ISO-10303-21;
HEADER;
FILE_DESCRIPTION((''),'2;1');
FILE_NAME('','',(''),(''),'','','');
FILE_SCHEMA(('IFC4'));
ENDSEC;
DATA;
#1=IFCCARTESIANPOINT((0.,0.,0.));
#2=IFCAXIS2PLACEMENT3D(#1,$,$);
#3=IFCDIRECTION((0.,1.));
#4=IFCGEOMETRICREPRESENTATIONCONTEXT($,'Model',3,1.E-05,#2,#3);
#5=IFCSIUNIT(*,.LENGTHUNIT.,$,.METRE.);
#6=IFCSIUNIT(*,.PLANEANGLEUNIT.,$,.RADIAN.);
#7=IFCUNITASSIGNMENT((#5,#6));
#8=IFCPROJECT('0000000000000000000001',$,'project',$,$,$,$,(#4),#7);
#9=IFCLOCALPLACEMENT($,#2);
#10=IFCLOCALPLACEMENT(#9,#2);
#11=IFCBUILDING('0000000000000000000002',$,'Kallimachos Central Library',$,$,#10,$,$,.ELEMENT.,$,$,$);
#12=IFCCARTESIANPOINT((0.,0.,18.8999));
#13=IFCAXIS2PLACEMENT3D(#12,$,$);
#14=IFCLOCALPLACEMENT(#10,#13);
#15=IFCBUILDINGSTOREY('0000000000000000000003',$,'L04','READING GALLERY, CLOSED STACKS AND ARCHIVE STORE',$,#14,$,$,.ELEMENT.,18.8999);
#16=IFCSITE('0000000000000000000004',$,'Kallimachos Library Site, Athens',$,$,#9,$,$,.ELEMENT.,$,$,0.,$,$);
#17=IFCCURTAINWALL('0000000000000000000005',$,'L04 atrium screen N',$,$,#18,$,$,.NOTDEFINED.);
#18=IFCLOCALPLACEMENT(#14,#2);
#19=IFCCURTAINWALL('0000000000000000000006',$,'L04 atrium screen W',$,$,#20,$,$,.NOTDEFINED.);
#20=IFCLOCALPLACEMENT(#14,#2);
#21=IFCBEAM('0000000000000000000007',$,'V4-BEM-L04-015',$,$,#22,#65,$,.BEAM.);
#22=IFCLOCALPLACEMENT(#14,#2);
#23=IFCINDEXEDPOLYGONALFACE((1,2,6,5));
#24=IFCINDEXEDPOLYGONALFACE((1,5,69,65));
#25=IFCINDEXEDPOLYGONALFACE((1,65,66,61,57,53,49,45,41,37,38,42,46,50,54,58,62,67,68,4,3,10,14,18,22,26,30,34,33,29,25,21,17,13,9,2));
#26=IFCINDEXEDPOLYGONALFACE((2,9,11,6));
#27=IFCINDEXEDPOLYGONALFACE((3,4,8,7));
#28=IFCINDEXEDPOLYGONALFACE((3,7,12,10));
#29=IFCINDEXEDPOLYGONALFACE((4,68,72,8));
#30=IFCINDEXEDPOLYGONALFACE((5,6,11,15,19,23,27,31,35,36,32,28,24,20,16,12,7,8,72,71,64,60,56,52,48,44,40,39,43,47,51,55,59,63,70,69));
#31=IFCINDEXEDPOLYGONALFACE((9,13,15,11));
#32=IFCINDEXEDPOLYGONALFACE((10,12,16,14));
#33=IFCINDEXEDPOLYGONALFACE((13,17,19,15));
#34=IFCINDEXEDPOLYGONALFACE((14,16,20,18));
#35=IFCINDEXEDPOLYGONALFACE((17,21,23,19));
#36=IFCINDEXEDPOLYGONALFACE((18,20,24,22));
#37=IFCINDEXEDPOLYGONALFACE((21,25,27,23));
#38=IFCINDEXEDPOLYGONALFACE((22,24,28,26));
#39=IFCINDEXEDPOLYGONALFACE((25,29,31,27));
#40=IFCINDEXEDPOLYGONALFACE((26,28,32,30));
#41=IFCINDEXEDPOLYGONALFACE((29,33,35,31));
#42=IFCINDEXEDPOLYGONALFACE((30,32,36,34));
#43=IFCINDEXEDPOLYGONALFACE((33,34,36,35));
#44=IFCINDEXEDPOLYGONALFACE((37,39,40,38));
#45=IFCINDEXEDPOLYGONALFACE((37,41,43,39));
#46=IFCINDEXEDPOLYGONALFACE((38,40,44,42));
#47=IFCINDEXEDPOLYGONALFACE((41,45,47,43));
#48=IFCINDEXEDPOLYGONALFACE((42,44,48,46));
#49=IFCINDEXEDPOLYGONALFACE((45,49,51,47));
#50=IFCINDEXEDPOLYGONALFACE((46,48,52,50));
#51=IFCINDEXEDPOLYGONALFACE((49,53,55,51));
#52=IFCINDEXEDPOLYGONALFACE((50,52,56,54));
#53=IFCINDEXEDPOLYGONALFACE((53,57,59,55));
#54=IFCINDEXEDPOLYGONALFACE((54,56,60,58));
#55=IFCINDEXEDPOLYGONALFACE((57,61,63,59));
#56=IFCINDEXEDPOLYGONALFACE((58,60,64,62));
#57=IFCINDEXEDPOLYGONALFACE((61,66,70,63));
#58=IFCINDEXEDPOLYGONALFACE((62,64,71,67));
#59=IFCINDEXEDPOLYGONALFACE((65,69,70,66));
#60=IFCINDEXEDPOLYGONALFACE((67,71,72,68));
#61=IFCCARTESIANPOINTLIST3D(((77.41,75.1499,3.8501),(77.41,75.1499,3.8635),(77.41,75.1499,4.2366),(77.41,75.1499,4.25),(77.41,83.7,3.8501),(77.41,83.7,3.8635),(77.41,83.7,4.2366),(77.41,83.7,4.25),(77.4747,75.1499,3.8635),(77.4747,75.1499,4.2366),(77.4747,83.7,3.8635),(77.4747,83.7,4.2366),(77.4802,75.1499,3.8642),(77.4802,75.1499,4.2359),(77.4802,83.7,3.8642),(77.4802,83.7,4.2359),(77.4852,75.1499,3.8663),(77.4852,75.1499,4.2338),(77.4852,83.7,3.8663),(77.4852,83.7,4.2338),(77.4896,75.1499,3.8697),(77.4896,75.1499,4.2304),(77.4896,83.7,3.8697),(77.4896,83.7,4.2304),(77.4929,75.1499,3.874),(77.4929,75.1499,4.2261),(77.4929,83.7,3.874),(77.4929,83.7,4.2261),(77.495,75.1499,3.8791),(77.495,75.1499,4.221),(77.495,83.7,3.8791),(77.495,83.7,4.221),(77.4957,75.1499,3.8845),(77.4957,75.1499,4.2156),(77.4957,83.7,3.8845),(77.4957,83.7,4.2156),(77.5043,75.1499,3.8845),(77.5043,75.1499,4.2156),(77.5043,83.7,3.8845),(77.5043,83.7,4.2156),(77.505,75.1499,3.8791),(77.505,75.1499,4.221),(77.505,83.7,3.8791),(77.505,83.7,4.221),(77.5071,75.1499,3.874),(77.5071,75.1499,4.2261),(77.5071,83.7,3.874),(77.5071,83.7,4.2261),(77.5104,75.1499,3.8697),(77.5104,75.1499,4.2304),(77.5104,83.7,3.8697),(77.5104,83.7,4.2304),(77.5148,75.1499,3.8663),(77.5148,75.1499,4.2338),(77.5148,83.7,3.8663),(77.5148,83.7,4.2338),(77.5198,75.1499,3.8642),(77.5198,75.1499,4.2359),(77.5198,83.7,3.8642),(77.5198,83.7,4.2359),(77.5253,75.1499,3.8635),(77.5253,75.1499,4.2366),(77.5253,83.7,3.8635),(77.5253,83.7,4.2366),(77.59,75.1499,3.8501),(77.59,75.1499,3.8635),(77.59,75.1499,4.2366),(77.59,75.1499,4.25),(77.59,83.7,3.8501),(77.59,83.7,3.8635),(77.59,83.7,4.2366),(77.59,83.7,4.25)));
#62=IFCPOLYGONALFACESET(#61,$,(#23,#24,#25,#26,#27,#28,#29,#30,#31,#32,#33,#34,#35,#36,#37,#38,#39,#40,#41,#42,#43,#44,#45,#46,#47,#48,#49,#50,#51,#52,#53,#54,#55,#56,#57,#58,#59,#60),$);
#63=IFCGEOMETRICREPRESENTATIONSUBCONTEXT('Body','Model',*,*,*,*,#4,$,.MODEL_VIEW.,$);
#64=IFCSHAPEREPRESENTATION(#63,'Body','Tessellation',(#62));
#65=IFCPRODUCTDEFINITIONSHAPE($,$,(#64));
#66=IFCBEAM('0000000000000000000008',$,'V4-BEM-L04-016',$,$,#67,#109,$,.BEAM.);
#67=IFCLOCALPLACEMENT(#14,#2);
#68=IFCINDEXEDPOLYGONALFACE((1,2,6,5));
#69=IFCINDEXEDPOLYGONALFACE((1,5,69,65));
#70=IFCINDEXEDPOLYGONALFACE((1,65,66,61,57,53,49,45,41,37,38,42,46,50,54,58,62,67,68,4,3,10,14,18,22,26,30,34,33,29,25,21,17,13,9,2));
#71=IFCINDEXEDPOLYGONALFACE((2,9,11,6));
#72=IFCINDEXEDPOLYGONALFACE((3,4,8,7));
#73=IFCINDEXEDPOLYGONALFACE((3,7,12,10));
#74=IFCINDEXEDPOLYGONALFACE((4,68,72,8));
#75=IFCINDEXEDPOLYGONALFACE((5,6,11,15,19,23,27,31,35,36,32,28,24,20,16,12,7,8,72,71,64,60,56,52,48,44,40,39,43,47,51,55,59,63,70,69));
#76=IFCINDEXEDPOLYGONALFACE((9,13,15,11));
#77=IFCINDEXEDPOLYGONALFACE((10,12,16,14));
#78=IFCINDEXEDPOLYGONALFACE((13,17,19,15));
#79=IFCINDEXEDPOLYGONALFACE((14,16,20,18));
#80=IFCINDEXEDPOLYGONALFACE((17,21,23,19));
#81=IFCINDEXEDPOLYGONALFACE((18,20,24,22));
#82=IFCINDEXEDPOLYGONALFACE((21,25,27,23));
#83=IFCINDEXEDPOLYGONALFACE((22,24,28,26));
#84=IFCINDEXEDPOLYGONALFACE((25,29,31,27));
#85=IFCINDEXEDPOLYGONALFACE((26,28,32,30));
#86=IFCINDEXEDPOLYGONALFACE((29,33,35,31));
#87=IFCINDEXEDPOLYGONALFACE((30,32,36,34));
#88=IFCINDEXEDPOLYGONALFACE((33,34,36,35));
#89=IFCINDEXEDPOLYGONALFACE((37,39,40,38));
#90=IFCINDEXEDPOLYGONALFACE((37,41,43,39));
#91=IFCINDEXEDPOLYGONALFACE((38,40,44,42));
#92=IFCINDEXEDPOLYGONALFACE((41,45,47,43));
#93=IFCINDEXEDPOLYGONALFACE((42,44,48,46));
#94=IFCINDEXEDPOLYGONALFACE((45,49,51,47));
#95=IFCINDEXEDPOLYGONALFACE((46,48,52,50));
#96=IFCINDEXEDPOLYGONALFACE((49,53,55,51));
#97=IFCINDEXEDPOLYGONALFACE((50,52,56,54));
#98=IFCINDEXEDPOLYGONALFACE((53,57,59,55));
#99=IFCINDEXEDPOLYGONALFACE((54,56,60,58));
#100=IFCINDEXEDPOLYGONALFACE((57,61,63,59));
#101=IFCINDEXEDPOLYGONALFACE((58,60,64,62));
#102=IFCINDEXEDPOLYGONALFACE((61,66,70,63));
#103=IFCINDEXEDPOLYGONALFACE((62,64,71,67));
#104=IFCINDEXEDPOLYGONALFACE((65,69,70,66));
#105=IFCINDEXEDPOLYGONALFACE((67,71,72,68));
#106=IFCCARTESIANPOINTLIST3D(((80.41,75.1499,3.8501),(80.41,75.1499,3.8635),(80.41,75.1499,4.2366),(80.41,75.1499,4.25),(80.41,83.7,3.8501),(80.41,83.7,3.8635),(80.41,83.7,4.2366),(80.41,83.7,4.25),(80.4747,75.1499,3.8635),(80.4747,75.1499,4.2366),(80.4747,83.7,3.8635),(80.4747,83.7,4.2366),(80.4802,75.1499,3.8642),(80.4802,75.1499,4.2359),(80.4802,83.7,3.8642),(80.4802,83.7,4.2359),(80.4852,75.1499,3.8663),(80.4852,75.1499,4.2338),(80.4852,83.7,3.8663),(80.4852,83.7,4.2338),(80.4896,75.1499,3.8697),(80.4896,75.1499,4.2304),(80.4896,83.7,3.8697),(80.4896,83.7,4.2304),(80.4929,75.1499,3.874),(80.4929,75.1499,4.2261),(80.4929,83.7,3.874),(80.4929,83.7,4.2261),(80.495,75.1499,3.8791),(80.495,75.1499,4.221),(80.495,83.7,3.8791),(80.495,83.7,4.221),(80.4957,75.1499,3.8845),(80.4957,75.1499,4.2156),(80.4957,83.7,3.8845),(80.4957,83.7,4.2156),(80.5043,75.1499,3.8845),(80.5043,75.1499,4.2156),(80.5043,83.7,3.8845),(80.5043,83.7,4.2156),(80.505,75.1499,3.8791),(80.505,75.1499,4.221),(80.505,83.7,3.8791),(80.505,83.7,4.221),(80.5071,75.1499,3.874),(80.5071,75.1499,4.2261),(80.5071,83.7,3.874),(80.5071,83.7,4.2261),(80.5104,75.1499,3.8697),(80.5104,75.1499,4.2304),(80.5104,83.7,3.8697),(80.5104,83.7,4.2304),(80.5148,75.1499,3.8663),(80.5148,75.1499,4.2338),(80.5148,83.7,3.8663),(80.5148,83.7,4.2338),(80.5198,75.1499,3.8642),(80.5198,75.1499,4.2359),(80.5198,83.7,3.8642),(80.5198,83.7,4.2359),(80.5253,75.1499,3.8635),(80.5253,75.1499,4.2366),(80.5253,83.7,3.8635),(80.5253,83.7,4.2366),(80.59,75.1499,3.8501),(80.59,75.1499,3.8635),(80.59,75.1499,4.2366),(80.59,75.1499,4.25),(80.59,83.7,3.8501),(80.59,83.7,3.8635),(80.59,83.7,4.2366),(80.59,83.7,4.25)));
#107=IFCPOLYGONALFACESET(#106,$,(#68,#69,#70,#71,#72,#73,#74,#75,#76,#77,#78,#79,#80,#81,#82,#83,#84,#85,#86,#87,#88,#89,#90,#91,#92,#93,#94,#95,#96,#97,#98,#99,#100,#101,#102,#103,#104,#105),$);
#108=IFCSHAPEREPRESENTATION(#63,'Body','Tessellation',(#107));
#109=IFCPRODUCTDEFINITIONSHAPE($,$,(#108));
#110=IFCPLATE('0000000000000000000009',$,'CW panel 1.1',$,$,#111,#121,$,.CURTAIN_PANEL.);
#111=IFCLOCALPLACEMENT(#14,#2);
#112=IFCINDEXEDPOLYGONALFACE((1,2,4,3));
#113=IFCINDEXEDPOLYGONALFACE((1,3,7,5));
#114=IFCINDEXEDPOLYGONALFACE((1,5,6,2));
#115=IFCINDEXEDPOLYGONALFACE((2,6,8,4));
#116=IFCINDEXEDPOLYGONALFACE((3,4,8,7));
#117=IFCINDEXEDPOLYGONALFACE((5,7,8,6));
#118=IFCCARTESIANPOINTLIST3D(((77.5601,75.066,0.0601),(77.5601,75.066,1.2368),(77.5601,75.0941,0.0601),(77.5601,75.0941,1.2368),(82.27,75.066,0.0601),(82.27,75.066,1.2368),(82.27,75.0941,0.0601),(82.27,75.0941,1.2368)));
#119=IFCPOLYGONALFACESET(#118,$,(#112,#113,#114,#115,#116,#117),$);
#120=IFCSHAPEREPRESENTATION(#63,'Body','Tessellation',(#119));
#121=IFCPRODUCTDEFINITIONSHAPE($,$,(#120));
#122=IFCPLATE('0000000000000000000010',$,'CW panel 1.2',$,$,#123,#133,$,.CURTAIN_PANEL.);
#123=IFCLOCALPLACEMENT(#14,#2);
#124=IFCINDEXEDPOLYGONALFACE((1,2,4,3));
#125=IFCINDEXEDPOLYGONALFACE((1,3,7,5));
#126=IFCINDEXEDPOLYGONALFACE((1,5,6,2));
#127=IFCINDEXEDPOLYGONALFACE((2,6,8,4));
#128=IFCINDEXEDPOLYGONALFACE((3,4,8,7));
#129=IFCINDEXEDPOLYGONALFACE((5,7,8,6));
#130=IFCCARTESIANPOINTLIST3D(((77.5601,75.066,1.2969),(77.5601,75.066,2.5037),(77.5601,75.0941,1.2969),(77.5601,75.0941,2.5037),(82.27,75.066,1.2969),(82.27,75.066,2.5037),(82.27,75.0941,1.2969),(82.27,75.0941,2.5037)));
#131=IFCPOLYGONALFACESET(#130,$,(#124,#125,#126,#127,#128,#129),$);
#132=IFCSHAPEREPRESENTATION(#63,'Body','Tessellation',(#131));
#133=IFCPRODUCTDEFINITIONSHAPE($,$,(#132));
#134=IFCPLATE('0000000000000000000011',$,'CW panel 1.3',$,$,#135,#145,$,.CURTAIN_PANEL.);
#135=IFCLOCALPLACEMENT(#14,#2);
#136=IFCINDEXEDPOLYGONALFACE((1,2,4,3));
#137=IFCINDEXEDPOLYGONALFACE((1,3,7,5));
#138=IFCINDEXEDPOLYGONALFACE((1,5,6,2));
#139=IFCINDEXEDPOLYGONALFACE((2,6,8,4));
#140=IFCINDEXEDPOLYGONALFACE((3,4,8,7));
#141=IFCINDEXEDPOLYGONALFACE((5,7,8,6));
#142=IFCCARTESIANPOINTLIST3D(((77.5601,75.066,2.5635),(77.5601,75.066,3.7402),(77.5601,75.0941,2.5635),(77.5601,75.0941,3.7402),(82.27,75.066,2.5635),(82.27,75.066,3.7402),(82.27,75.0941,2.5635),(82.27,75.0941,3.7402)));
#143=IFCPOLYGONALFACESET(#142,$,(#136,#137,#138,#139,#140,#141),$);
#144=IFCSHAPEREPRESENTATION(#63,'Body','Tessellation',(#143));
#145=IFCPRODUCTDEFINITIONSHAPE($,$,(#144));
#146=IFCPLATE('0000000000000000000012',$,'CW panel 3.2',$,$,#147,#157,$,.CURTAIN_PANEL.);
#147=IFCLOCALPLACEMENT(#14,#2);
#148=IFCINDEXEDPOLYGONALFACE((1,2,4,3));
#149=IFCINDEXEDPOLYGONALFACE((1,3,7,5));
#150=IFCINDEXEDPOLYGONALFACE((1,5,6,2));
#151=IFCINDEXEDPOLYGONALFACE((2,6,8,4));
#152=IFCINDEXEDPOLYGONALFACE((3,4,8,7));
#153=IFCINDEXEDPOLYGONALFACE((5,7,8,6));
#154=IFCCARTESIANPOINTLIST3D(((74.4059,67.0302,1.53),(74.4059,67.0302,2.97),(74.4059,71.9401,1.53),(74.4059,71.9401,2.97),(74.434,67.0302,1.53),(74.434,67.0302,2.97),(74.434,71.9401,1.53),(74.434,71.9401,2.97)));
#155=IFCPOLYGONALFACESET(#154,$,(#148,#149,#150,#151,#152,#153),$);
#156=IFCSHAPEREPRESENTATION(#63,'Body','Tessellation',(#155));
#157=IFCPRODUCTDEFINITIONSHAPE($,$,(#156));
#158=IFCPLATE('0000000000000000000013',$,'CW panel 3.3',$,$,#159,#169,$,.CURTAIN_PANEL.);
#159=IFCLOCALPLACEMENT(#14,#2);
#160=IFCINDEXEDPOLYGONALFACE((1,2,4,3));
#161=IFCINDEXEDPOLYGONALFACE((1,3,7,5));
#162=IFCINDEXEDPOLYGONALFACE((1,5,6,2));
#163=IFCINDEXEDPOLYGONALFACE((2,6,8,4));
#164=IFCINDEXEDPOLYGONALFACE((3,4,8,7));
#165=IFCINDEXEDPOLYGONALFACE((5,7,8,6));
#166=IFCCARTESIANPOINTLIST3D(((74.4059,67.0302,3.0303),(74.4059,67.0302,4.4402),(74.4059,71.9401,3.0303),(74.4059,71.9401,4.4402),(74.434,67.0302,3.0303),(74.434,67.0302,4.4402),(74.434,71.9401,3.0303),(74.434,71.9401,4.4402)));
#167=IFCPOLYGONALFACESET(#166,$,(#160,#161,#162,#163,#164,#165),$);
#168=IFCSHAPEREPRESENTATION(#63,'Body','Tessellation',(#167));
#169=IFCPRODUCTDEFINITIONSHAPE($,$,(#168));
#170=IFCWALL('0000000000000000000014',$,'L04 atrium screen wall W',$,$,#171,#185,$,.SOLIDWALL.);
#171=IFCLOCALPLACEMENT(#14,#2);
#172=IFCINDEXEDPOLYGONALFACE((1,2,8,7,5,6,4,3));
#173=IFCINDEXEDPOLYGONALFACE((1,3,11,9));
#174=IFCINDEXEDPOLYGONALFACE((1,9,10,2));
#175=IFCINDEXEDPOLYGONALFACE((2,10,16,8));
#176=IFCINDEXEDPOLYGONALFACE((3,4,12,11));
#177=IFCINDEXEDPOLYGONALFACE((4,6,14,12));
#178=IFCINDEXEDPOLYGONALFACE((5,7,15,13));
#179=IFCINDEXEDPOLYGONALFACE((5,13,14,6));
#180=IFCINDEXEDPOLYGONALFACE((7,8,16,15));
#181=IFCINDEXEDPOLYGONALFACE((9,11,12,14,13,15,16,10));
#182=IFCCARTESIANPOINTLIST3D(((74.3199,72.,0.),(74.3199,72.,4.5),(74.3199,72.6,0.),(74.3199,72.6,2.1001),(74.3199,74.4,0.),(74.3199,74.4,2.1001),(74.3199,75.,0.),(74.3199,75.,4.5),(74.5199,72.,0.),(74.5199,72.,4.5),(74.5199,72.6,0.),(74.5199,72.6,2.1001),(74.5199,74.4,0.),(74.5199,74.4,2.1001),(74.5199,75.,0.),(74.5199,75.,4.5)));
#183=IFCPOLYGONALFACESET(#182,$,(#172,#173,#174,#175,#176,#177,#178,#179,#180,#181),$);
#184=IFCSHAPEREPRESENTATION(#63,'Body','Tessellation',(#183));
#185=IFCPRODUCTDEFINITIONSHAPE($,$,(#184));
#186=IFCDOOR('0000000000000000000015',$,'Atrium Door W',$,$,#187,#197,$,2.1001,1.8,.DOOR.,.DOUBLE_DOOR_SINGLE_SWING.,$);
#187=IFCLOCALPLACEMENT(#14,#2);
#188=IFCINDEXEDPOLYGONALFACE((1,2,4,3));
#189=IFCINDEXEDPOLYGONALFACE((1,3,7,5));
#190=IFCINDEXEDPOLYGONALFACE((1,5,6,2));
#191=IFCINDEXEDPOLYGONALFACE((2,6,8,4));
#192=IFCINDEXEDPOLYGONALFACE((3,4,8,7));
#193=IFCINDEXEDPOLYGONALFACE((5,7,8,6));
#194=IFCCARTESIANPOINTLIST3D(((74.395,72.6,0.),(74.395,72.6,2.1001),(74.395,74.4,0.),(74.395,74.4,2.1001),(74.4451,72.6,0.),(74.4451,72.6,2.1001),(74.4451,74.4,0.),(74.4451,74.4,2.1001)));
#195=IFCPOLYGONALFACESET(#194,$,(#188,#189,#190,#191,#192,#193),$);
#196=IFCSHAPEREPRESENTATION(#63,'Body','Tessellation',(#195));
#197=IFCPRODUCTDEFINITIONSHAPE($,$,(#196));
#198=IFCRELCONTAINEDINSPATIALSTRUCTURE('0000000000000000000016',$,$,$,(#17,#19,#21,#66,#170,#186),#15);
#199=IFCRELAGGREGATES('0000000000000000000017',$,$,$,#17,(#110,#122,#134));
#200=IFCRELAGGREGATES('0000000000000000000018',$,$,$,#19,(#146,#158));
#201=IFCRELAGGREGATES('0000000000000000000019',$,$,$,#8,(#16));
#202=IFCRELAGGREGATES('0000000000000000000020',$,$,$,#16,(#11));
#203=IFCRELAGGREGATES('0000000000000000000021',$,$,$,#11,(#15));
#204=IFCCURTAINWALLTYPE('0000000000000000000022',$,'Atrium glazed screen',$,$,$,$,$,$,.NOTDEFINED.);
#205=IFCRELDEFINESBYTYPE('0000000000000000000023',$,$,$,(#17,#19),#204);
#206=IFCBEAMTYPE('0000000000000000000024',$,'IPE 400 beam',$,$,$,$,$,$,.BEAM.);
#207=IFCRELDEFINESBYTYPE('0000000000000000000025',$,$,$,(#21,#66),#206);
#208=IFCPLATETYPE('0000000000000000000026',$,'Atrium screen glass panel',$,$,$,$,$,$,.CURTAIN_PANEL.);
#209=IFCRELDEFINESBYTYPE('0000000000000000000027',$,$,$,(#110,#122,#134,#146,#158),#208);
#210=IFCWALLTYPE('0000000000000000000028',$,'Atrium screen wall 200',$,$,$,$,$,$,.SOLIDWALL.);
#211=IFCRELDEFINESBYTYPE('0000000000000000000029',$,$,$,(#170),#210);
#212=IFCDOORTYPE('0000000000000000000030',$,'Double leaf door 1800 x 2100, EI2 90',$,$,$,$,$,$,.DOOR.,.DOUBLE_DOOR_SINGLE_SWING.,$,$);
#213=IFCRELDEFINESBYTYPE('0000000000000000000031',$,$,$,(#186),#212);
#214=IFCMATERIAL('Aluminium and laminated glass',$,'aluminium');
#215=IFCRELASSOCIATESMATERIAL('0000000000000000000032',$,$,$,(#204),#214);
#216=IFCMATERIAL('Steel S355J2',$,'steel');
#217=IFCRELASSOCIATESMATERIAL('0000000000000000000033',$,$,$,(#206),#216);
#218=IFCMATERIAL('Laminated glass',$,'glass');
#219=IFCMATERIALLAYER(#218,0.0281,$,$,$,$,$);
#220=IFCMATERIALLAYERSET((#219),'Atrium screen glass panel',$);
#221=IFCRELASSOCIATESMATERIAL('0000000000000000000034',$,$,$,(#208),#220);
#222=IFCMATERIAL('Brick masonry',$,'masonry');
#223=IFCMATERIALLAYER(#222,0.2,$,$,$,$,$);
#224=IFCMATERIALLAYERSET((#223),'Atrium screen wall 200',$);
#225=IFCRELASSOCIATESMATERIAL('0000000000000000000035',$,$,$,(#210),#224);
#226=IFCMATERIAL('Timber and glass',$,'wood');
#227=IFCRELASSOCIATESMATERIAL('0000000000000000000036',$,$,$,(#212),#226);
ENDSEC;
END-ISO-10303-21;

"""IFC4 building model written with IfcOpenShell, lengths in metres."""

from ifc_helpers import new_model, si_unit, direction, frame, frame_2d, origin, origin_2d, place, context, subcontext, project, spatial, rectangle, i_section, extrude, material, layer, layer_set, material_profile, profile_set, type_object, element, fill, aggregate, save


model = new_model("IFC4")

# Units and contexts
model_context = context("Model", 3, precision=1e-05, world=origin(), true_north=direction((0.0, 1.0)))
body_context = subcontext(model_context, "Body", "Model", "MODEL_VIEW")
ifc_project = project(units=[si_unit("LENGTHUNIT", "METRE"), si_unit("PLANEANGLEUNIT", "RADIAN")], contexts=[model_context])

# Site, building, storey
site_placement = place(None, origin())
site = spatial("IfcSite", under=ifc_project, at=site_placement, Name="Kallimachos Library Site, Athens", CompositionType="ELEMENT", RefElevation=0.0)
building_placement = place(site_placement, origin())
building = spatial("IfcBuilding", under=site, at=building_placement, Name="Kallimachos Central Library", CompositionType="ELEMENT")
storey_placement = place(building_placement, frame((0.0, 0.0, 18.8999)))
storey = spatial("IfcBuildingStorey", under=building, at=storey_placement, Name="L04", Description="READING GALLERY, CLOSED STACKS AND ARCHIVE STORE", CompositionType="ELEMENT", Elevation=18.8999)

# Curtain wall
ifc_material_1 = material(Name="Aluminium and laminated glass", Category="aluminium")
curtain_wall_type = type_object("IfcCurtainWallType", Name="Atrium glazed screen", PredefinedType="NOTDEFINED", material=ifc_material_1)
curtain_wall_1_placement = place(storey_placement, origin())
curtain_wall_1 = element("IfcCurtainWall", 1, at=curtain_wall_1_placement, inside=storey, type_object=curtain_wall_type, Name="L04 atrium screen N", PredefinedType="NOTDEFINED")

# Curtain wall
curtain_wall_2_placement = place(storey_placement, origin())
curtain_wall_2 = element("IfcCurtainWall", 2, at=curtain_wall_2_placement, inside=storey, type_object=curtain_wall_type, Name="L04 atrium screen W", PredefinedType="NOTDEFINED")

# Beams
ifc_material_2 = material(Name="Steel S355J2", Category="steel")
ifc_material_profile_1 = material_profile(ifc_material_2, i_section(OverallWidth=0.1799, OverallDepth=0.3999, WebThickness=0.0085, FlangeThickness=0.0134, FilletRadius=0.021, at=origin_2d()), Name="IPE 400")
ifc_profile_set_1 = profile_set([ifc_material_profile_1], Name="Steel S355J2")
beam_type_1 = type_object("IfcBeamType", Name="IPE 400 beam", PredefinedType="BEAM", material=ifc_profile_set_1)
for number, where, z_axis, x_axis, name in (
    (3, (77.5, 75.1499, 4.05), (0.0, 1.0, 0.0), (-1.0, 0.0, 0.0), "V4-BEM-L04-015"),
    (4, (80.5, 75.1499, 4.05), (0.0, 1.0, 0.0), (-1.0, 0.0, 0.0), "V4-BEM-L04-016"),
):
    element("IfcBeam", number, at=place(storey_placement, frame(where, z_axis=z_axis, x_axis=x_axis)), inside=storey, type_object=beam_type_1, Name=name, PredefinedType="BEAM", context=body_context, shape_type="SweptSolid", body=[
        extrude(i_section(OverallWidth=0.1799, OverallDepth=0.3999, WebThickness=0.0085, FlangeThickness=0.0134, FilletRadius=0.021, at=origin_2d()), origin(), (0.0, 0.0, 1.0), 8.55),
    ])

# Plates
ifc_material_3 = material(Name="Laminated glass", Category="glass")
ifc_layer_1 = layer(ifc_material_3, 0.0281)
ifc_layer_set_1 = layer_set([ifc_layer_1], Name="Atrium screen glass panel")
plate_type = type_object("IfcPlateType", Name="Atrium screen glass panel", PredefinedType="CURTAIN_PANEL", material=ifc_layer_set_1)
plate_1_placement = place(storey_placement, frame((79.915, 75.0801, 0.0601), z_axis=(0.0, 0.0, 1.0), x_axis=(1.0, 0.0, 0.0)))
plate_1 = element("IfcPlate", 5, at=plate_1_placement, type_object=plate_type, Name="CW panel 1.1", PredefinedType="CURTAIN_PANEL", context=body_context, shape_type="SweptSolid", body=[
    extrude(rectangle(XDim=4.71, YDim=0.0281, at=origin_2d()), origin(), (0.0, 0.0, 1.0), 1.1768),
])
plate_2_placement = place(storey_placement, frame((79.915, 75.0801, 1.2969), z_axis=(0.0, 0.0, 1.0), x_axis=(1.0, 0.0, 0.0)))
plate_2 = element("IfcPlate", 6, at=plate_2_placement, type_object=plate_type, Name="CW panel 1.2", PredefinedType="CURTAIN_PANEL", context=body_context, shape_type="SweptSolid", body=[
    extrude(rectangle(XDim=4.71, YDim=0.0281, at=origin_2d()), origin(), (0.0, 0.0, 1.0), 1.2068),
])
plate_3_placement = place(storey_placement, frame((79.915, 75.0801, 2.5635), z_axis=(0.0, 0.0, 1.0), x_axis=(1.0, 0.0, 0.0)))
plate_3 = element("IfcPlate", 7, at=plate_3_placement, type_object=plate_type, Name="CW panel 1.3", PredefinedType="CURTAIN_PANEL", context=body_context, shape_type="SweptSolid", body=[
    extrude(rectangle(XDim=4.71, YDim=0.0281, at=origin_2d()), origin(), (0.0, 0.0, 1.0), 1.1768),
])
aggregate(curtain_wall_1, [plate_1, plate_2, plate_3])
plate_4_placement = place(storey_placement, frame((74.4199, 69.4851, 1.53), z_axis=(0.0, 0.0, 1.0), x_axis=(0.0, 1.0, 0.0)))
plate_4 = element("IfcPlate", 8, at=plate_4_placement, type_object=plate_type, Name="CW panel 3.2", PredefinedType="CURTAIN_PANEL", context=body_context, shape_type="SweptSolid", body=[
    extrude(rectangle(XDim=4.9099, YDim=0.0281, at=origin_2d()), origin(), (0.0, 0.0, 1.0), 1.4399),
])
plate_5_placement = place(storey_placement, frame((74.4199, 69.4851, 3.0303), z_axis=(0.0, 0.0, 1.0), x_axis=(0.0, 1.0, 0.0)))
plate_5 = element("IfcPlate", 9, at=plate_5_placement, type_object=plate_type, Name="CW panel 3.3", PredefinedType="CURTAIN_PANEL", context=body_context, shape_type="SweptSolid", body=[
    extrude(rectangle(XDim=4.9099, YDim=0.0281, at=origin_2d()), origin(), (0.0, 0.0, 1.0), 1.4099),
])
aggregate(curtain_wall_2, [plate_4, plate_5])

# Wall, opening, door
ifc_material_4 = material(Name="Brick masonry", Category="masonry")
ifc_layer_2 = layer(ifc_material_4, 0.2)
ifc_layer_set_2 = layer_set([ifc_layer_2], Name="Atrium screen wall 200")
wall_type = type_object("IfcWallType", Name="Atrium screen wall 200", PredefinedType="SOLIDWALL", material=ifc_layer_set_2)
wall_placement = place(storey_placement, frame((74.4199, 72.0, 0.0), z_axis=(0.0, 0.0, 1.0), x_axis=(0.0, 1.0, 0.0)))
wall = element("IfcWall", 10, at=wall_placement, inside=storey, type_object=wall_type, Name="L04 atrium screen wall W", PredefinedType="SOLIDWALL", context=body_context, shape_type="SweptSolid", body=[
    extrude(rectangle(XDim=3.0, YDim=0.2, at=frame_2d((1.5, 0.0))), origin(), (0.0, 0.0, 1.0), 4.5),
])
opening_placement = place(wall_placement, frame((0.6001, 0.0, 0.0)))
opening = element("IfcOpeningElement", 11, at=opening_placement, cuts=wall, PredefinedType="OPENING", context=body_context, shape_type="SweptSolid", body=[
    extrude(rectangle(XDim=1.8, YDim=2.1001, at=frame_2d((0.8999, 1.05))), frame((0.0, 0.1099, 0.0), z_axis=(0.0, -1.0, 0.0), x_axis=(1.0, 0.0, 0.0)), (0.0, 0.0, 1.0), 0.22),
])
ifc_material_5 = material(Name="Timber and glass", Category="wood")
door_type = type_object("IfcDoorType", Name="Double leaf door 1800 x 2100, EI2 90", OperationType="DOUBLE_DOOR_SINGLE_SWING", PredefinedType="DOOR", material=ifc_material_5)
door_placement = place(opening_placement, origin())
door = element("IfcDoor", 12, at=door_placement, inside=storey, type_object=door_type, Name="Atrium Door W", OperationType="DOUBLE_DOOR_SINGLE_SWING", OverallHeight=2.1001, OverallWidth=1.8, PredefinedType="DOOR", context=body_context, shape_type="SweptSolid", body=[
    extrude(rectangle(XDim=1.8, YDim=2.1001, at=frame_2d((0.8999, 1.05))), frame((0.0, 0.0249, 0.0), z_axis=(0.0, -1.0, 0.0), x_axis=(1.0, 0.0, 0.0)), (0.0, 0.0, 1.0), 0.05),
])
fill(opening, door)

save(model, "model.ifc")
